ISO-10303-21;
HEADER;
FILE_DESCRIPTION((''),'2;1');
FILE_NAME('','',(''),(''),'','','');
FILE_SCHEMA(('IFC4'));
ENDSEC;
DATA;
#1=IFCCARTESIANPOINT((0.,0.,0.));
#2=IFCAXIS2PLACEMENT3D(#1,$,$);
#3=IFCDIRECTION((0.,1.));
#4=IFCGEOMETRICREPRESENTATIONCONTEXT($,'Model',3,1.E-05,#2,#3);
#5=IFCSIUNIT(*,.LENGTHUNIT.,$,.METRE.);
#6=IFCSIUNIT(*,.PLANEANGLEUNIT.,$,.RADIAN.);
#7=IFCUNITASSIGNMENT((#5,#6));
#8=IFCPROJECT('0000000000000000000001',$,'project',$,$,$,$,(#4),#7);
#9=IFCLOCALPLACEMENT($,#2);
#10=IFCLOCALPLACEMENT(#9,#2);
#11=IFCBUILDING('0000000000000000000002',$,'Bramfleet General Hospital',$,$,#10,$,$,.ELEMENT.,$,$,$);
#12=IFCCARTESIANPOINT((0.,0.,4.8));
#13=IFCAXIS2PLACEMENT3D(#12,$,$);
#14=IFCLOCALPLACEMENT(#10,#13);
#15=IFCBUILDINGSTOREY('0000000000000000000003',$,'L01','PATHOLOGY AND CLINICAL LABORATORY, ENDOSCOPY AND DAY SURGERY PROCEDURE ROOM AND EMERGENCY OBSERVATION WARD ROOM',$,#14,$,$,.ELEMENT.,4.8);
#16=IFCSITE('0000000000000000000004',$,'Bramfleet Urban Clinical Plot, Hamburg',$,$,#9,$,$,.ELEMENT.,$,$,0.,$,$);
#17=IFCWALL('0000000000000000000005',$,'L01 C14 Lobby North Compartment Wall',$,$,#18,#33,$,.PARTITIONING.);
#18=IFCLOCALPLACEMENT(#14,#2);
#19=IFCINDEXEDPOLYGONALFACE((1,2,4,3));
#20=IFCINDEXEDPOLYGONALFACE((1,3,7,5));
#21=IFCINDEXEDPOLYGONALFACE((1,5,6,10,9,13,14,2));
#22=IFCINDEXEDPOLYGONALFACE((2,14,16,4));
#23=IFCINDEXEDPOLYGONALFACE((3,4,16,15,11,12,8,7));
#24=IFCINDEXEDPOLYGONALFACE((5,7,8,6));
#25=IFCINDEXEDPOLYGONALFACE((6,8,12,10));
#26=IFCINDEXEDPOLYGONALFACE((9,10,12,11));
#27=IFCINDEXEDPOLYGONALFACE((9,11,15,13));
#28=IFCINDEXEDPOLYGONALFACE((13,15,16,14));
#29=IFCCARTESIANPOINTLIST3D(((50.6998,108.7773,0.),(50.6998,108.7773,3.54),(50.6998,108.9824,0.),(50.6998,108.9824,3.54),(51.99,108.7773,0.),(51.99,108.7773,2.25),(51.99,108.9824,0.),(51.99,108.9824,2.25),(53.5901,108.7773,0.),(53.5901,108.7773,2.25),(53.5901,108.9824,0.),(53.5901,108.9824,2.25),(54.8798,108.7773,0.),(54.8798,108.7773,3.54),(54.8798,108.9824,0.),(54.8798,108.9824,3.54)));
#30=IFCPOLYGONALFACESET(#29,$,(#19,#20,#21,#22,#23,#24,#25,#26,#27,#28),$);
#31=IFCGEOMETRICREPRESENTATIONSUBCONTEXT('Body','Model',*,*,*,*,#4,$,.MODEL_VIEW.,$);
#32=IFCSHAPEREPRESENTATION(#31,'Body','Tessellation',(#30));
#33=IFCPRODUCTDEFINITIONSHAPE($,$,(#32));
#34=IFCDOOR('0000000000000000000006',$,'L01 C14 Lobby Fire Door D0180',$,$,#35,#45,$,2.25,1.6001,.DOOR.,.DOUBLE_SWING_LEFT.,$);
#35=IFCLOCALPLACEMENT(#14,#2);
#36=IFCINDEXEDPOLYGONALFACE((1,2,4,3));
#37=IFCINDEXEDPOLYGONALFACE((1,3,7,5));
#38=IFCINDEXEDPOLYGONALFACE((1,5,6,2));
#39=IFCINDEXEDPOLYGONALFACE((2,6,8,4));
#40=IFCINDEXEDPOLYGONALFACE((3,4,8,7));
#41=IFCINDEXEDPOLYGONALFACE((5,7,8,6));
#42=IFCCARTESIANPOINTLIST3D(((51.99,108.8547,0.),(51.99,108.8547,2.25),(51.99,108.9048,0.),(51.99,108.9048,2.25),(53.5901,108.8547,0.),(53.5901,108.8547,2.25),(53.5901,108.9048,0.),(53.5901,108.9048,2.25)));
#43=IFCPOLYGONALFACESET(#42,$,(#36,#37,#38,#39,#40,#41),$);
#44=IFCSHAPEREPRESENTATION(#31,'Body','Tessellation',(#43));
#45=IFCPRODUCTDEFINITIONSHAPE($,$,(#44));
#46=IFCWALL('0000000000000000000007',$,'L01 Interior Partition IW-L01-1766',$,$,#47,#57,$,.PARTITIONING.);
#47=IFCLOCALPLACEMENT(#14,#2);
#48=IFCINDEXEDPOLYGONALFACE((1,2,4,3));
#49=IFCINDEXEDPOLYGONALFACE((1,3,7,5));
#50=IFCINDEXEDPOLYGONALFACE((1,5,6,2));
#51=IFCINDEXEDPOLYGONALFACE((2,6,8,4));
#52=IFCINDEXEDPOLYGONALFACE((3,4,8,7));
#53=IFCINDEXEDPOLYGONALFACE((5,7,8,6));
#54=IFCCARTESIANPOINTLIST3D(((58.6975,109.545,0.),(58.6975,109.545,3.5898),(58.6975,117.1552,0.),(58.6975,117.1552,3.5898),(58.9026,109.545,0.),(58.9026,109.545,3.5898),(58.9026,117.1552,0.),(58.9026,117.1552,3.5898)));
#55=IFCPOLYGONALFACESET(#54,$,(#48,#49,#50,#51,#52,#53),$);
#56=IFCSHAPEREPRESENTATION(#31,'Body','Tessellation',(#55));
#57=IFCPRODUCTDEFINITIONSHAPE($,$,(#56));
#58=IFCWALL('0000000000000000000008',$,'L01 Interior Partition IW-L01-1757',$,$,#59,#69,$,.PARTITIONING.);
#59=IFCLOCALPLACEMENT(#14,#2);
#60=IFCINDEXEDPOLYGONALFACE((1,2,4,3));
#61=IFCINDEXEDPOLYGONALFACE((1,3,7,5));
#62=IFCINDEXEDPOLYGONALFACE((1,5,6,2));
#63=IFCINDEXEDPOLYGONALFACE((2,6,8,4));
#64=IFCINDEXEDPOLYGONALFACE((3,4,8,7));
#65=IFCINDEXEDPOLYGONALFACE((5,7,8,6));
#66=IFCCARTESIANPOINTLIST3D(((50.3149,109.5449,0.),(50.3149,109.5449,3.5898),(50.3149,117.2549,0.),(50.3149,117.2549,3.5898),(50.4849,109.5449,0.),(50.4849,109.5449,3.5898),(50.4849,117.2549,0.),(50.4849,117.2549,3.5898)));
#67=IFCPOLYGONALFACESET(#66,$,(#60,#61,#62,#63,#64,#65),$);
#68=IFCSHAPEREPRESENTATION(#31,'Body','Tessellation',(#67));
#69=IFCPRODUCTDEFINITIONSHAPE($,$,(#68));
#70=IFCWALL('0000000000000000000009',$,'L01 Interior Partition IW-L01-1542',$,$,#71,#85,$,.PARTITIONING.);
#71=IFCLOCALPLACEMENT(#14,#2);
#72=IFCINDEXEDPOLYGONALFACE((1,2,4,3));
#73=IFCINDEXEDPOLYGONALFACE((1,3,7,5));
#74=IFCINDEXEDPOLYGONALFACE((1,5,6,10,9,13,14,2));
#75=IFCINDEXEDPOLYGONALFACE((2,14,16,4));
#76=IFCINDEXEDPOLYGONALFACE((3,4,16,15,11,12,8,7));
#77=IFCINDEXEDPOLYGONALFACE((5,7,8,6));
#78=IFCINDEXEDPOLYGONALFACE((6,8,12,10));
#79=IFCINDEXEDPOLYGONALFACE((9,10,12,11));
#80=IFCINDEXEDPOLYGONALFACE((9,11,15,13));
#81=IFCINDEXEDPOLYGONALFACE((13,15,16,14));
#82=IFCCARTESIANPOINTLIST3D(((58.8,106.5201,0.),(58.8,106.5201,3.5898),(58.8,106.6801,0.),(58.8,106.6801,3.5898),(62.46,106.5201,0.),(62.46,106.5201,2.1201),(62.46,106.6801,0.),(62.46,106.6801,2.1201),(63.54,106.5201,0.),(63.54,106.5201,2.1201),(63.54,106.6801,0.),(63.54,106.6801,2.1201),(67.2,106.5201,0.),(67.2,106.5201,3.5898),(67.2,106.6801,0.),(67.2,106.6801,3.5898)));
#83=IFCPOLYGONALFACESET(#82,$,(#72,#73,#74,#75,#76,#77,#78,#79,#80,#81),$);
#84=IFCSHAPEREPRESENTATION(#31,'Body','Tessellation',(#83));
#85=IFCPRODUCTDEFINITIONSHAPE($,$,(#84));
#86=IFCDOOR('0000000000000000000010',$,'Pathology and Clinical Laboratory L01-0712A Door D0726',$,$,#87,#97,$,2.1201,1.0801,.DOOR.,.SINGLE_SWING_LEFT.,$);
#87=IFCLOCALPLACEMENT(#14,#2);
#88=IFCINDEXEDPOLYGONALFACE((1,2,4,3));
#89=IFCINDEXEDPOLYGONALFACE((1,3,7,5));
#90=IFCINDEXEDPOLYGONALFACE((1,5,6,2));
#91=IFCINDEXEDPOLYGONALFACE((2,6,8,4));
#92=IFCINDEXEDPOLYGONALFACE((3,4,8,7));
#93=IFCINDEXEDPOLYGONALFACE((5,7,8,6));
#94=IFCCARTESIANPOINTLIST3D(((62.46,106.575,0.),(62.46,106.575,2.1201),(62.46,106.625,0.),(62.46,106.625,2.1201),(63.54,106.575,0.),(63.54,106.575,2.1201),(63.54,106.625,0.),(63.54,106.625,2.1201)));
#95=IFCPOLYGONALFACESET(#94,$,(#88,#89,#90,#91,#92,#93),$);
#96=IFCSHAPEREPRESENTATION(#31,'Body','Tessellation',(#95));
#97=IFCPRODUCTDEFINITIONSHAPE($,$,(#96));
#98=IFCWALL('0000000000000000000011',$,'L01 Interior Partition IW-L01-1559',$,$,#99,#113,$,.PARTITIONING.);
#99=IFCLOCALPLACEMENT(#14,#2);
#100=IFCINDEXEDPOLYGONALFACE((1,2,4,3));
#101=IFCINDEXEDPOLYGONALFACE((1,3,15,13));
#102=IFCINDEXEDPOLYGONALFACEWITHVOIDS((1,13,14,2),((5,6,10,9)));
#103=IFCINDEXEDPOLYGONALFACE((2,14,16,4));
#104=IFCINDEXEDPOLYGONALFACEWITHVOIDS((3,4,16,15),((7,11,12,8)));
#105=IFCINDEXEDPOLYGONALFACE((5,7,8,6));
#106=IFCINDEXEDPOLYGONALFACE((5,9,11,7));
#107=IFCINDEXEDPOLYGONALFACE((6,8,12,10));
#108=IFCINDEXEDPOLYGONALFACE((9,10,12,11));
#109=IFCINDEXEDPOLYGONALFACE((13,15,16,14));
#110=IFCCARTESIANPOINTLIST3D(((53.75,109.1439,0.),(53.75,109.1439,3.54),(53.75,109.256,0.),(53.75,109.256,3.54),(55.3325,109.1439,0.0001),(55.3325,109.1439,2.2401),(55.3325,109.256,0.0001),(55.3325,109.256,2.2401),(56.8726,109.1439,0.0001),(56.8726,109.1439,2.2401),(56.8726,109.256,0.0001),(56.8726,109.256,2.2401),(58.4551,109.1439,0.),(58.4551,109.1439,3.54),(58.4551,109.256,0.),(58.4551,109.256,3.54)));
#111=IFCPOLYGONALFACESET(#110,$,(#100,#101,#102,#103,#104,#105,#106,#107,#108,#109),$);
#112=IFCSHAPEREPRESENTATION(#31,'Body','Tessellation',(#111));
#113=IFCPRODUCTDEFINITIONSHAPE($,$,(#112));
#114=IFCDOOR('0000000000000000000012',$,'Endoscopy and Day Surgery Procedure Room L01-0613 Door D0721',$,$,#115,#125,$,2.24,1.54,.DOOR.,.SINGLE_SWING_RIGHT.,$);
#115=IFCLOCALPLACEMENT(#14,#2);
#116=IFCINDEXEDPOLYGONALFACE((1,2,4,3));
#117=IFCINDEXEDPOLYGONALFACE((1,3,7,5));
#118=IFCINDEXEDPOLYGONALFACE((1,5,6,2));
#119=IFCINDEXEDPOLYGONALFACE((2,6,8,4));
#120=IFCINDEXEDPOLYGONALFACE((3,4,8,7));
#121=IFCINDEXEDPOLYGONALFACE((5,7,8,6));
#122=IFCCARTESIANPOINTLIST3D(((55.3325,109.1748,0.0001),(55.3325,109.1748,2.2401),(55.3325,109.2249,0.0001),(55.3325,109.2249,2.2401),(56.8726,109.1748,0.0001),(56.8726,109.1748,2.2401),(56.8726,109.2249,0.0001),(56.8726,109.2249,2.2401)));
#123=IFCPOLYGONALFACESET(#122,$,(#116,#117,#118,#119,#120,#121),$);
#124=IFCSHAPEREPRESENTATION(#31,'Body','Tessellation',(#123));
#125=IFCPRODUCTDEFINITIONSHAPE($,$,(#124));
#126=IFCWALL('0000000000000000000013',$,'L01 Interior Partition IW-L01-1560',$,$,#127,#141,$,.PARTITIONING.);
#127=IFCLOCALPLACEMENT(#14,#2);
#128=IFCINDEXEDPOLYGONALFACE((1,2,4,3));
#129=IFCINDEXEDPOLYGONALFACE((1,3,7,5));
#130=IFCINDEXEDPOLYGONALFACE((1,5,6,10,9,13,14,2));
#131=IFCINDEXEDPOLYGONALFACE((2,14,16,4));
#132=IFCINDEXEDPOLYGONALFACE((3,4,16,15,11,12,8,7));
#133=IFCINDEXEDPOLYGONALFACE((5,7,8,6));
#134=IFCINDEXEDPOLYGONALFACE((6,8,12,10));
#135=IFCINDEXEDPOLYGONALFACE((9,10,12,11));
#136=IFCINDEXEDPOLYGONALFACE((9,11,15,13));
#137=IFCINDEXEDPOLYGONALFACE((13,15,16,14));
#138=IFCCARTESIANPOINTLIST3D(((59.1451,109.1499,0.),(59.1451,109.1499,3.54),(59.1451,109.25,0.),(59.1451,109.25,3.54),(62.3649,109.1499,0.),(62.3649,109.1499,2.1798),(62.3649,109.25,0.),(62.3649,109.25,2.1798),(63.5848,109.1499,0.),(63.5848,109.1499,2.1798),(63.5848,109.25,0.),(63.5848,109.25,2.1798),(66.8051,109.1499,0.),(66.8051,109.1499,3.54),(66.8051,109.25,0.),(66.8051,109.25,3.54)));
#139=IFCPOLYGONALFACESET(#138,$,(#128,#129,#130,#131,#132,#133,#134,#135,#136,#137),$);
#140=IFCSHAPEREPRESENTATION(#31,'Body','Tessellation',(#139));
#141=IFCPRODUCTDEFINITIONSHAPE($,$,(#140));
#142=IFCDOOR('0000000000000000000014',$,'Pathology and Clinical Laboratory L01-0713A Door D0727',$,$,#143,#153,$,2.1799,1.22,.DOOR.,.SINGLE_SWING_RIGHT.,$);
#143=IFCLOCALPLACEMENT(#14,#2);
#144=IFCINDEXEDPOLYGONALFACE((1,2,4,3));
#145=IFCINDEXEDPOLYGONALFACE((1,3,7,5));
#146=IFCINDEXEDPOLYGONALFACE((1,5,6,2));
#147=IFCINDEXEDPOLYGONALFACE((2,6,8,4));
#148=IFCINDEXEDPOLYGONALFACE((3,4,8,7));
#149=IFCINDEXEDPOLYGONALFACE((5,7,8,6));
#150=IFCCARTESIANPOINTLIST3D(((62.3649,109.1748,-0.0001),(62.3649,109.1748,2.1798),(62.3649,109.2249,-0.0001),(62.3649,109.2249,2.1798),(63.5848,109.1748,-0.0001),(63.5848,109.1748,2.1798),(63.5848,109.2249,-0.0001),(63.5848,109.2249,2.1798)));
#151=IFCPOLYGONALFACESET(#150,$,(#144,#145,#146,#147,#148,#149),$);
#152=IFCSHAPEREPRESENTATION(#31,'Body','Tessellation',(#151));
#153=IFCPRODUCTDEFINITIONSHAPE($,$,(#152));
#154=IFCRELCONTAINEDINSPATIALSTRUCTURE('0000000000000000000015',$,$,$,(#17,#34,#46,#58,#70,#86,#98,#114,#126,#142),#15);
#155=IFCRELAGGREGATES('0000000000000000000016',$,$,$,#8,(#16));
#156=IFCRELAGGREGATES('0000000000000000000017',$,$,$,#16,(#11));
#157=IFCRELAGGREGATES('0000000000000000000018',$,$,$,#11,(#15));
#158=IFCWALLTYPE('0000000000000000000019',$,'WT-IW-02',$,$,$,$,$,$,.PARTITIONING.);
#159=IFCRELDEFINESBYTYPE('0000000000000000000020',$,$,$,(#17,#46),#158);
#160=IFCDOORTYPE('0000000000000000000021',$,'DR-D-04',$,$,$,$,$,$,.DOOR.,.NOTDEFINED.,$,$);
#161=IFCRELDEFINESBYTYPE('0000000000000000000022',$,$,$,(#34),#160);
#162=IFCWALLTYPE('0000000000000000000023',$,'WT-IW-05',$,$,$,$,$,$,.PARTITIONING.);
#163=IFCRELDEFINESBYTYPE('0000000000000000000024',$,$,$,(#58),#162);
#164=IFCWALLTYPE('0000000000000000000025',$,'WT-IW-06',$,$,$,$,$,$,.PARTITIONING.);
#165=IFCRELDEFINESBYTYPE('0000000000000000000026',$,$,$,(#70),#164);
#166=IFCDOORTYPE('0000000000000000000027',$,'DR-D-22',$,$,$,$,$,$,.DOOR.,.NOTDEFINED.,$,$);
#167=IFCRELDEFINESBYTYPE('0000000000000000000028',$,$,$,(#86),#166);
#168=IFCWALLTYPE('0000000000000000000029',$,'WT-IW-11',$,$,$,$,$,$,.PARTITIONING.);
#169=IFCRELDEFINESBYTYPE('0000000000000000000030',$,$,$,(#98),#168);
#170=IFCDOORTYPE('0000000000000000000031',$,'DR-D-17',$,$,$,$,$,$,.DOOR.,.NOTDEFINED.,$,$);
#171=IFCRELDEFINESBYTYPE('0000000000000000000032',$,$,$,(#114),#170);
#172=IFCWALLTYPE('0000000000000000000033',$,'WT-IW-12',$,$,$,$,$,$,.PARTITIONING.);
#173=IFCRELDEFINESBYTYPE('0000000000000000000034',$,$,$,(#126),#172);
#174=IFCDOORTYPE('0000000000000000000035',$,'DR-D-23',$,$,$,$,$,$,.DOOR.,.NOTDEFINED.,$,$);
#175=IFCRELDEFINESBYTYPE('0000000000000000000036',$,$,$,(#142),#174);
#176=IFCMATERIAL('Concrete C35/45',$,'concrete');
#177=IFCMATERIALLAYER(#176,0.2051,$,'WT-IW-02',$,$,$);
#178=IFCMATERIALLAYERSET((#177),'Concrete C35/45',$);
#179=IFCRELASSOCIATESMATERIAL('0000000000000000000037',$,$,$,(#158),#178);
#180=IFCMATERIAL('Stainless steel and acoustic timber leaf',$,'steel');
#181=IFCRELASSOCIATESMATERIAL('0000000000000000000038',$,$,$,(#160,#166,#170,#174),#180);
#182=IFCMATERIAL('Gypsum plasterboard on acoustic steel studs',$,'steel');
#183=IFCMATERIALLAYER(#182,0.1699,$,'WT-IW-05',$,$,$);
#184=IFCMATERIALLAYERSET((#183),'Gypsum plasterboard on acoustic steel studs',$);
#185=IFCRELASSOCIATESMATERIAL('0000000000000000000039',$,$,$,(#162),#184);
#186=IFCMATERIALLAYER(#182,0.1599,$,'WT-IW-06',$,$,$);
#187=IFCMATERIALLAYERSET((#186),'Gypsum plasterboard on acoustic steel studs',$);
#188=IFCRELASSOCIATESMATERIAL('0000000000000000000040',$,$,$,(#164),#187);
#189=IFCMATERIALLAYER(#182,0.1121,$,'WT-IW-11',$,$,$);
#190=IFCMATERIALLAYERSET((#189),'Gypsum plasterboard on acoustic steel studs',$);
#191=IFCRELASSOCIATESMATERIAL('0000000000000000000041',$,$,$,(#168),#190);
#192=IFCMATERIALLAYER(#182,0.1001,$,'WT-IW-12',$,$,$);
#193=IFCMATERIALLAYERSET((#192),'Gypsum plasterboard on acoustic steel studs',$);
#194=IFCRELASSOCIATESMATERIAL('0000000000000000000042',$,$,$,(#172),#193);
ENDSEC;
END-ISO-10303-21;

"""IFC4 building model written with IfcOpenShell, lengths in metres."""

from ifc_helpers import new_model, si_unit, direction, frame, frame_2d, origin, place, context, subcontext, project, spatial, rectangle, extrude, material, layer, layer_set, type_object, element, fill, save


model = new_model("IFC4")

# Units and contexts
model_context = context("Model", 3, precision=1e-05, world=origin(), true_north=direction((0.0, 1.0)))
body_context = subcontext(model_context, "Body", "Model", "MODEL_VIEW")
ifc_project = project(units=[si_unit("LENGTHUNIT", "METRE"), si_unit("PLANEANGLEUNIT", "RADIAN")], contexts=[model_context])

# Site, building, storey
site_placement = place(None, origin())
site = spatial("IfcSite", under=ifc_project, at=site_placement, Name="Bramfleet Urban Clinical Plot, Hamburg", CompositionType="ELEMENT", RefElevation=0.0)
building_placement = place(site_placement, origin())
building = spatial("IfcBuilding", under=site, at=building_placement, Name="Bramfleet General Hospital", CompositionType="ELEMENT")
storey_placement = place(building_placement, frame((0.0, 0.0, 4.8)))
storey = spatial("IfcBuildingStorey", under=building, at=storey_placement, Name="L01", Description="PATHOLOGY AND CLINICAL LABORATORY, ENDOSCOPY AND DAY SURGERY PROCEDURE ROOM AND EMERGENCY OBSERVATION WARD ROOM", CompositionType="ELEMENT", Elevation=4.8)

# Shared definitions
ifc_material_1 = material(Name="Concrete C35/45", Category="concrete")

# Shared definitions
ifc_layer_1 = layer(ifc_material_1, 0.2051, Name="WT-IW-02")
ifc_layer_set_1 = layer_set([ifc_layer_1], Name="Concrete C35/45")
wall_type_1 = type_object("IfcWallType", Name="WT-IW-02", PredefinedType="PARTITIONING", material=ifc_layer_set_1)

# Wall, opening, door
wall_1_placement = place(storey_placement, frame((50.7, 108.8799, 0.0), z_axis=(0.0, 0.0, 1.0), x_axis=(1.0, 0.0, 0.0)))
wall_1 = element("IfcWall", 1, at=wall_1_placement, inside=storey, type_object=wall_type_1, Name="L01 C14 Lobby North Compartment Wall", PredefinedType="PARTITIONING", context=body_context, shape_type="SweptSolid", body=[
    extrude(rectangle(XDim=4.1799, YDim=0.2051, at=frame_2d((2.0898, 0.0))), origin(), (0.0, 0.0, 1.0), 3.54),
])
opening_1_placement = place(wall_1_placement, frame((1.29, 0.0, 0.0)))
opening_1 = element("IfcOpeningElement", 2, at=opening_1_placement, cuts=wall_1, PredefinedType="OPENING", context=body_context, shape_type="SweptSolid", body=[
    extrude(rectangle(XDim=1.6001, YDim=2.25, at=frame_2d((0.8, 1.125))), frame((0.0, 0.1125, 0.0), z_axis=(0.0, -1.0, 0.0), x_axis=(1.0, 0.0, 0.0)), (0.0, 0.0, 1.0), 0.2251),
])
ifc_material_2 = material(Name="Stainless steel and acoustic timber leaf", Category="steel")
door_type_1 = type_object("IfcDoorType", Name="DR-D-04", OperationType="NOTDEFINED", PredefinedType="DOOR", material=ifc_material_2)
door_1_placement = place(opening_1_placement, origin())
door_1 = element("IfcDoor", 3, at=door_1_placement, inside=storey, type_object=door_type_1, Name="L01 C14 Lobby Fire Door D0180", OperationType="DOUBLE_SWING_LEFT", OverallHeight=2.25, OverallWidth=1.6001, PredefinedType="DOOR", context=body_context, shape_type="SweptSolid", body=[
    extrude(rectangle(XDim=1.6001, YDim=2.25, at=frame_2d((0.8, 1.125))), frame((0.0, 0.0249, 0.0), z_axis=(0.0, -1.0, 0.0), x_axis=(1.0, 0.0, 0.0)), (0.0, 0.0, 1.0), 0.05),
])
fill(opening_1, door_1)

# Walls
wall_2_placement = place(storey_placement, frame((58.8, 109.5449, 0.0), z_axis=(0.0, 0.0, 1.0), x_axis=(0.0, 1.0, 0.0)))
element("IfcWall", 4, at=wall_2_placement, inside=storey, type_object=wall_type_1, Name="L01 Interior Partition IW-L01-1766", PredefinedType="PARTITIONING", context=body_context, shape_type="SweptSolid", body=[
    extrude(rectangle(XDim=7.6101, YDim=0.2051, at=frame_2d((3.8052, 0.0))), origin(), (0.0, 0.0, 1.0), 3.5898),
])
ifc_material_3 = material(Name="Gypsum plasterboard on acoustic steel studs", Category="steel")
ifc_layer_2 = layer(ifc_material_3, 0.1699, Name="WT-IW-05")
ifc_layer_set_2 = layer_set([ifc_layer_2], Name="Gypsum plasterboard on acoustic steel studs")
wall_type_2 = type_object("IfcWallType", Name="WT-IW-05", PredefinedType="PARTITIONING", material=ifc_layer_set_2)
wall_3_placement = place(storey_placement, frame((50.3999, 109.5449, 0.0), z_axis=(0.0, 0.0, 1.0), x_axis=(0.0, 1.0, 0.0)))
element("IfcWall", 5, at=wall_3_placement, inside=storey, type_object=wall_type_2, Name="L01 Interior Partition IW-L01-1757", PredefinedType="PARTITIONING", context=body_context, shape_type="SweptSolid", body=[
    extrude(rectangle(XDim=7.71, YDim=0.1699, at=frame_2d((3.855, 0.0))), origin(), (0.0, 0.0, 1.0), 3.5898),
])

# Walls, openings, doors
ifc_layer_3 = layer(ifc_material_3, 0.1599, Name="WT-IW-06")
ifc_layer_set_3 = layer_set([ifc_layer_3], Name="Gypsum plasterboard on acoustic steel studs")
wall_type_3 = type_object("IfcWallType", Name="WT-IW-06", PredefinedType="PARTITIONING", material=ifc_layer_set_3)
wall_4_placement = place(storey_placement, frame((58.8, 106.6001, 0.0), z_axis=(0.0, 0.0, 1.0), x_axis=(1.0, 0.0, 0.0)))
wall_4 = element("IfcWall", 6, at=wall_4_placement, inside=storey, type_object=wall_type_3, Name="L01 Interior Partition IW-L01-1542", PredefinedType="PARTITIONING", context=body_context, shape_type="SweptSolid", body=[
    extrude(rectangle(XDim=8.3999, YDim=0.1599, at=frame_2d((4.2, 0.0))), origin(), (0.0, 0.0, 1.0), 3.5898),
])
opening_2_placement = place(wall_4_placement, frame((3.6599, 0.0, 0.0)))
opening_2 = element("IfcOpeningElement", 7, at=opening_2_placement, cuts=wall_4, PredefinedType="OPENING", context=body_context, shape_type="SweptSolid", body=[
    extrude(rectangle(XDim=1.0801, YDim=2.1201, at=frame_2d((0.54, 1.0601))), frame((0.0, 0.0898, 0.0), z_axis=(0.0, -1.0, 0.0), x_axis=(1.0, 0.0, 0.0)), (0.0, 0.0, 1.0), 0.1799),
])
door_type_2 = type_object("IfcDoorType", Name="DR-D-22", OperationType="NOTDEFINED", PredefinedType="DOOR", material=ifc_material_2)
door_2_placement = place(opening_2_placement, origin())
door_2 = element("IfcDoor", 8, at=door_2_placement, inside=storey, type_object=door_type_2, Name="Pathology and Clinical Laboratory L01-0712A Door D0726", OperationType="SINGLE_SWING_LEFT", OverallHeight=2.1201, OverallWidth=1.0801, PredefinedType="DOOR", context=body_context, shape_type="SweptSolid", body=[
    extrude(rectangle(XDim=1.0801, YDim=2.1201, at=frame_2d((0.54, 1.0601))), frame((0.0, 0.0249, 0.0), z_axis=(0.0, -1.0, 0.0), x_axis=(1.0, 0.0, 0.0)), (0.0, 0.0, 1.0), 0.05),
])
fill(opening_2, door_2)
ifc_layer_4 = layer(ifc_material_3, 0.1121, Name="WT-IW-11")
ifc_layer_set_4 = layer_set([ifc_layer_4], Name="Gypsum plasterboard on acoustic steel studs")
wall_type_4 = type_object("IfcWallType", Name="WT-IW-11", PredefinedType="PARTITIONING", material=ifc_layer_set_4)
wall_5_placement = place(storey_placement, frame((53.75, 109.2, 0.0), z_axis=(0.0, 0.0, 1.0), x_axis=(1.0, 0.0, 0.0)))
wall_5 = element("IfcWall", 9, at=wall_5_placement, inside=storey, type_object=wall_type_4, Name="L01 Interior Partition IW-L01-1559", PredefinedType="PARTITIONING", context=body_context, shape_type="SweptSolid", body=[
    extrude(rectangle(XDim=4.7051, YDim=0.1121, at=frame_2d((2.3525, 0.0))), origin(), (0.0, 0.0, 1.0), 3.54),
])
opening_3_placement = place(wall_5_placement, frame((1.5825, 0.0, 0.0)))
opening_3 = element("IfcOpeningElement", 10, at=opening_3_placement, cuts=wall_5, PredefinedType="OPENING", context=body_context, shape_type="SweptSolid", body=[
    extrude(rectangle(XDim=1.54, YDim=2.24, at=frame_2d((0.77, 1.1201))), frame((0.0, 0.0659, 0.0), z_axis=(0.0, -1.0, 0.0), x_axis=(1.0, 0.0, 0.0)), (0.0, 0.0, 1.0), 0.1321),
])
door_type_3 = type_object("IfcDoorType", Name="DR-D-17", OperationType="NOTDEFINED", PredefinedType="DOOR", material=ifc_material_2)
door_3_placement = place(opening_3_placement, origin())
door_3 = element("IfcDoor", 11, at=door_3_placement, inside=storey, type_object=door_type_3, Name="Endoscopy and Day Surgery Procedure Room L01-0613 Door D0721", OperationType="SINGLE_SWING_RIGHT", OverallHeight=2.24, OverallWidth=1.54, PredefinedType="DOOR", context=body_context, shape_type="SweptSolid", body=[
    extrude(rectangle(XDim=1.54, YDim=2.24, at=frame_2d((0.77, 1.1201))), frame((0.0, 0.0249, 0.0), z_axis=(0.0, -1.0, 0.0), x_axis=(1.0, 0.0, 0.0)), (0.0, 0.0, 1.0), 0.05),
])
fill(opening_3, door_3)
ifc_layer_5 = layer(ifc_material_3, 0.1001, Name="WT-IW-12")
ifc_layer_set_5 = layer_set([ifc_layer_5], Name="Gypsum plasterboard on acoustic steel studs")
wall_type_5 = type_object("IfcWallType", Name="WT-IW-12", PredefinedType="PARTITIONING", material=ifc_layer_set_5)
wall_6_placement = place(storey_placement, frame((59.145, 109.2, 0.0), z_axis=(0.0, 0.0, 1.0), x_axis=(1.0, 0.0, 0.0)))
wall_6 = element("IfcWall", 12, at=wall_6_placement, inside=storey, type_object=wall_type_5, Name="L01 Interior Partition IW-L01-1560", PredefinedType="PARTITIONING", context=body_context, shape_type="SweptSolid", body=[
    extrude(rectangle(XDim=7.6599, YDim=0.1001, at=frame_2d((3.8301, 0.0))), origin(), (0.0, 0.0, 1.0), 3.54),
])
opening_4_placement = place(wall_6_placement, frame((3.22, 0.0, 0.0)))
opening_4 = element("IfcOpeningElement", 13, at=opening_4_placement, cuts=wall_6, PredefinedType="OPENING", context=body_context, shape_type="SweptSolid", body=[
    extrude(rectangle(XDim=1.22, YDim=2.1799, at=frame_2d((0.6099, 1.0898))), frame((0.0, 0.0601, 0.0), z_axis=(0.0, -1.0, 0.0), x_axis=(1.0, 0.0, 0.0)), (0.0, 0.0, 1.0), 0.1201),
])
door_type_4 = type_object("IfcDoorType", Name="DR-D-23", OperationType="NOTDEFINED", PredefinedType="DOOR", material=ifc_material_2)
door_4_placement = place(opening_4_placement, origin())
door_4 = element("IfcDoor", 14, at=door_4_placement, inside=storey, type_object=door_type_4, Name="Pathology and Clinical Laboratory L01-0713A Door D0727", OperationType="SINGLE_SWING_RIGHT", OverallHeight=2.1799, OverallWidth=1.22, PredefinedType="DOOR", context=body_context, shape_type="SweptSolid", body=[
    extrude(rectangle(XDim=1.22, YDim=2.1799, at=frame_2d((0.6099, 1.0898))), frame((0.0, 0.0249, 0.0), z_axis=(0.0, -1.0, 0.0), x_axis=(1.0, 0.0, 0.0)), (0.0, 0.0, 1.0), 0.05),
])
fill(opening_4, door_4)

save(model, "model.ifc")
